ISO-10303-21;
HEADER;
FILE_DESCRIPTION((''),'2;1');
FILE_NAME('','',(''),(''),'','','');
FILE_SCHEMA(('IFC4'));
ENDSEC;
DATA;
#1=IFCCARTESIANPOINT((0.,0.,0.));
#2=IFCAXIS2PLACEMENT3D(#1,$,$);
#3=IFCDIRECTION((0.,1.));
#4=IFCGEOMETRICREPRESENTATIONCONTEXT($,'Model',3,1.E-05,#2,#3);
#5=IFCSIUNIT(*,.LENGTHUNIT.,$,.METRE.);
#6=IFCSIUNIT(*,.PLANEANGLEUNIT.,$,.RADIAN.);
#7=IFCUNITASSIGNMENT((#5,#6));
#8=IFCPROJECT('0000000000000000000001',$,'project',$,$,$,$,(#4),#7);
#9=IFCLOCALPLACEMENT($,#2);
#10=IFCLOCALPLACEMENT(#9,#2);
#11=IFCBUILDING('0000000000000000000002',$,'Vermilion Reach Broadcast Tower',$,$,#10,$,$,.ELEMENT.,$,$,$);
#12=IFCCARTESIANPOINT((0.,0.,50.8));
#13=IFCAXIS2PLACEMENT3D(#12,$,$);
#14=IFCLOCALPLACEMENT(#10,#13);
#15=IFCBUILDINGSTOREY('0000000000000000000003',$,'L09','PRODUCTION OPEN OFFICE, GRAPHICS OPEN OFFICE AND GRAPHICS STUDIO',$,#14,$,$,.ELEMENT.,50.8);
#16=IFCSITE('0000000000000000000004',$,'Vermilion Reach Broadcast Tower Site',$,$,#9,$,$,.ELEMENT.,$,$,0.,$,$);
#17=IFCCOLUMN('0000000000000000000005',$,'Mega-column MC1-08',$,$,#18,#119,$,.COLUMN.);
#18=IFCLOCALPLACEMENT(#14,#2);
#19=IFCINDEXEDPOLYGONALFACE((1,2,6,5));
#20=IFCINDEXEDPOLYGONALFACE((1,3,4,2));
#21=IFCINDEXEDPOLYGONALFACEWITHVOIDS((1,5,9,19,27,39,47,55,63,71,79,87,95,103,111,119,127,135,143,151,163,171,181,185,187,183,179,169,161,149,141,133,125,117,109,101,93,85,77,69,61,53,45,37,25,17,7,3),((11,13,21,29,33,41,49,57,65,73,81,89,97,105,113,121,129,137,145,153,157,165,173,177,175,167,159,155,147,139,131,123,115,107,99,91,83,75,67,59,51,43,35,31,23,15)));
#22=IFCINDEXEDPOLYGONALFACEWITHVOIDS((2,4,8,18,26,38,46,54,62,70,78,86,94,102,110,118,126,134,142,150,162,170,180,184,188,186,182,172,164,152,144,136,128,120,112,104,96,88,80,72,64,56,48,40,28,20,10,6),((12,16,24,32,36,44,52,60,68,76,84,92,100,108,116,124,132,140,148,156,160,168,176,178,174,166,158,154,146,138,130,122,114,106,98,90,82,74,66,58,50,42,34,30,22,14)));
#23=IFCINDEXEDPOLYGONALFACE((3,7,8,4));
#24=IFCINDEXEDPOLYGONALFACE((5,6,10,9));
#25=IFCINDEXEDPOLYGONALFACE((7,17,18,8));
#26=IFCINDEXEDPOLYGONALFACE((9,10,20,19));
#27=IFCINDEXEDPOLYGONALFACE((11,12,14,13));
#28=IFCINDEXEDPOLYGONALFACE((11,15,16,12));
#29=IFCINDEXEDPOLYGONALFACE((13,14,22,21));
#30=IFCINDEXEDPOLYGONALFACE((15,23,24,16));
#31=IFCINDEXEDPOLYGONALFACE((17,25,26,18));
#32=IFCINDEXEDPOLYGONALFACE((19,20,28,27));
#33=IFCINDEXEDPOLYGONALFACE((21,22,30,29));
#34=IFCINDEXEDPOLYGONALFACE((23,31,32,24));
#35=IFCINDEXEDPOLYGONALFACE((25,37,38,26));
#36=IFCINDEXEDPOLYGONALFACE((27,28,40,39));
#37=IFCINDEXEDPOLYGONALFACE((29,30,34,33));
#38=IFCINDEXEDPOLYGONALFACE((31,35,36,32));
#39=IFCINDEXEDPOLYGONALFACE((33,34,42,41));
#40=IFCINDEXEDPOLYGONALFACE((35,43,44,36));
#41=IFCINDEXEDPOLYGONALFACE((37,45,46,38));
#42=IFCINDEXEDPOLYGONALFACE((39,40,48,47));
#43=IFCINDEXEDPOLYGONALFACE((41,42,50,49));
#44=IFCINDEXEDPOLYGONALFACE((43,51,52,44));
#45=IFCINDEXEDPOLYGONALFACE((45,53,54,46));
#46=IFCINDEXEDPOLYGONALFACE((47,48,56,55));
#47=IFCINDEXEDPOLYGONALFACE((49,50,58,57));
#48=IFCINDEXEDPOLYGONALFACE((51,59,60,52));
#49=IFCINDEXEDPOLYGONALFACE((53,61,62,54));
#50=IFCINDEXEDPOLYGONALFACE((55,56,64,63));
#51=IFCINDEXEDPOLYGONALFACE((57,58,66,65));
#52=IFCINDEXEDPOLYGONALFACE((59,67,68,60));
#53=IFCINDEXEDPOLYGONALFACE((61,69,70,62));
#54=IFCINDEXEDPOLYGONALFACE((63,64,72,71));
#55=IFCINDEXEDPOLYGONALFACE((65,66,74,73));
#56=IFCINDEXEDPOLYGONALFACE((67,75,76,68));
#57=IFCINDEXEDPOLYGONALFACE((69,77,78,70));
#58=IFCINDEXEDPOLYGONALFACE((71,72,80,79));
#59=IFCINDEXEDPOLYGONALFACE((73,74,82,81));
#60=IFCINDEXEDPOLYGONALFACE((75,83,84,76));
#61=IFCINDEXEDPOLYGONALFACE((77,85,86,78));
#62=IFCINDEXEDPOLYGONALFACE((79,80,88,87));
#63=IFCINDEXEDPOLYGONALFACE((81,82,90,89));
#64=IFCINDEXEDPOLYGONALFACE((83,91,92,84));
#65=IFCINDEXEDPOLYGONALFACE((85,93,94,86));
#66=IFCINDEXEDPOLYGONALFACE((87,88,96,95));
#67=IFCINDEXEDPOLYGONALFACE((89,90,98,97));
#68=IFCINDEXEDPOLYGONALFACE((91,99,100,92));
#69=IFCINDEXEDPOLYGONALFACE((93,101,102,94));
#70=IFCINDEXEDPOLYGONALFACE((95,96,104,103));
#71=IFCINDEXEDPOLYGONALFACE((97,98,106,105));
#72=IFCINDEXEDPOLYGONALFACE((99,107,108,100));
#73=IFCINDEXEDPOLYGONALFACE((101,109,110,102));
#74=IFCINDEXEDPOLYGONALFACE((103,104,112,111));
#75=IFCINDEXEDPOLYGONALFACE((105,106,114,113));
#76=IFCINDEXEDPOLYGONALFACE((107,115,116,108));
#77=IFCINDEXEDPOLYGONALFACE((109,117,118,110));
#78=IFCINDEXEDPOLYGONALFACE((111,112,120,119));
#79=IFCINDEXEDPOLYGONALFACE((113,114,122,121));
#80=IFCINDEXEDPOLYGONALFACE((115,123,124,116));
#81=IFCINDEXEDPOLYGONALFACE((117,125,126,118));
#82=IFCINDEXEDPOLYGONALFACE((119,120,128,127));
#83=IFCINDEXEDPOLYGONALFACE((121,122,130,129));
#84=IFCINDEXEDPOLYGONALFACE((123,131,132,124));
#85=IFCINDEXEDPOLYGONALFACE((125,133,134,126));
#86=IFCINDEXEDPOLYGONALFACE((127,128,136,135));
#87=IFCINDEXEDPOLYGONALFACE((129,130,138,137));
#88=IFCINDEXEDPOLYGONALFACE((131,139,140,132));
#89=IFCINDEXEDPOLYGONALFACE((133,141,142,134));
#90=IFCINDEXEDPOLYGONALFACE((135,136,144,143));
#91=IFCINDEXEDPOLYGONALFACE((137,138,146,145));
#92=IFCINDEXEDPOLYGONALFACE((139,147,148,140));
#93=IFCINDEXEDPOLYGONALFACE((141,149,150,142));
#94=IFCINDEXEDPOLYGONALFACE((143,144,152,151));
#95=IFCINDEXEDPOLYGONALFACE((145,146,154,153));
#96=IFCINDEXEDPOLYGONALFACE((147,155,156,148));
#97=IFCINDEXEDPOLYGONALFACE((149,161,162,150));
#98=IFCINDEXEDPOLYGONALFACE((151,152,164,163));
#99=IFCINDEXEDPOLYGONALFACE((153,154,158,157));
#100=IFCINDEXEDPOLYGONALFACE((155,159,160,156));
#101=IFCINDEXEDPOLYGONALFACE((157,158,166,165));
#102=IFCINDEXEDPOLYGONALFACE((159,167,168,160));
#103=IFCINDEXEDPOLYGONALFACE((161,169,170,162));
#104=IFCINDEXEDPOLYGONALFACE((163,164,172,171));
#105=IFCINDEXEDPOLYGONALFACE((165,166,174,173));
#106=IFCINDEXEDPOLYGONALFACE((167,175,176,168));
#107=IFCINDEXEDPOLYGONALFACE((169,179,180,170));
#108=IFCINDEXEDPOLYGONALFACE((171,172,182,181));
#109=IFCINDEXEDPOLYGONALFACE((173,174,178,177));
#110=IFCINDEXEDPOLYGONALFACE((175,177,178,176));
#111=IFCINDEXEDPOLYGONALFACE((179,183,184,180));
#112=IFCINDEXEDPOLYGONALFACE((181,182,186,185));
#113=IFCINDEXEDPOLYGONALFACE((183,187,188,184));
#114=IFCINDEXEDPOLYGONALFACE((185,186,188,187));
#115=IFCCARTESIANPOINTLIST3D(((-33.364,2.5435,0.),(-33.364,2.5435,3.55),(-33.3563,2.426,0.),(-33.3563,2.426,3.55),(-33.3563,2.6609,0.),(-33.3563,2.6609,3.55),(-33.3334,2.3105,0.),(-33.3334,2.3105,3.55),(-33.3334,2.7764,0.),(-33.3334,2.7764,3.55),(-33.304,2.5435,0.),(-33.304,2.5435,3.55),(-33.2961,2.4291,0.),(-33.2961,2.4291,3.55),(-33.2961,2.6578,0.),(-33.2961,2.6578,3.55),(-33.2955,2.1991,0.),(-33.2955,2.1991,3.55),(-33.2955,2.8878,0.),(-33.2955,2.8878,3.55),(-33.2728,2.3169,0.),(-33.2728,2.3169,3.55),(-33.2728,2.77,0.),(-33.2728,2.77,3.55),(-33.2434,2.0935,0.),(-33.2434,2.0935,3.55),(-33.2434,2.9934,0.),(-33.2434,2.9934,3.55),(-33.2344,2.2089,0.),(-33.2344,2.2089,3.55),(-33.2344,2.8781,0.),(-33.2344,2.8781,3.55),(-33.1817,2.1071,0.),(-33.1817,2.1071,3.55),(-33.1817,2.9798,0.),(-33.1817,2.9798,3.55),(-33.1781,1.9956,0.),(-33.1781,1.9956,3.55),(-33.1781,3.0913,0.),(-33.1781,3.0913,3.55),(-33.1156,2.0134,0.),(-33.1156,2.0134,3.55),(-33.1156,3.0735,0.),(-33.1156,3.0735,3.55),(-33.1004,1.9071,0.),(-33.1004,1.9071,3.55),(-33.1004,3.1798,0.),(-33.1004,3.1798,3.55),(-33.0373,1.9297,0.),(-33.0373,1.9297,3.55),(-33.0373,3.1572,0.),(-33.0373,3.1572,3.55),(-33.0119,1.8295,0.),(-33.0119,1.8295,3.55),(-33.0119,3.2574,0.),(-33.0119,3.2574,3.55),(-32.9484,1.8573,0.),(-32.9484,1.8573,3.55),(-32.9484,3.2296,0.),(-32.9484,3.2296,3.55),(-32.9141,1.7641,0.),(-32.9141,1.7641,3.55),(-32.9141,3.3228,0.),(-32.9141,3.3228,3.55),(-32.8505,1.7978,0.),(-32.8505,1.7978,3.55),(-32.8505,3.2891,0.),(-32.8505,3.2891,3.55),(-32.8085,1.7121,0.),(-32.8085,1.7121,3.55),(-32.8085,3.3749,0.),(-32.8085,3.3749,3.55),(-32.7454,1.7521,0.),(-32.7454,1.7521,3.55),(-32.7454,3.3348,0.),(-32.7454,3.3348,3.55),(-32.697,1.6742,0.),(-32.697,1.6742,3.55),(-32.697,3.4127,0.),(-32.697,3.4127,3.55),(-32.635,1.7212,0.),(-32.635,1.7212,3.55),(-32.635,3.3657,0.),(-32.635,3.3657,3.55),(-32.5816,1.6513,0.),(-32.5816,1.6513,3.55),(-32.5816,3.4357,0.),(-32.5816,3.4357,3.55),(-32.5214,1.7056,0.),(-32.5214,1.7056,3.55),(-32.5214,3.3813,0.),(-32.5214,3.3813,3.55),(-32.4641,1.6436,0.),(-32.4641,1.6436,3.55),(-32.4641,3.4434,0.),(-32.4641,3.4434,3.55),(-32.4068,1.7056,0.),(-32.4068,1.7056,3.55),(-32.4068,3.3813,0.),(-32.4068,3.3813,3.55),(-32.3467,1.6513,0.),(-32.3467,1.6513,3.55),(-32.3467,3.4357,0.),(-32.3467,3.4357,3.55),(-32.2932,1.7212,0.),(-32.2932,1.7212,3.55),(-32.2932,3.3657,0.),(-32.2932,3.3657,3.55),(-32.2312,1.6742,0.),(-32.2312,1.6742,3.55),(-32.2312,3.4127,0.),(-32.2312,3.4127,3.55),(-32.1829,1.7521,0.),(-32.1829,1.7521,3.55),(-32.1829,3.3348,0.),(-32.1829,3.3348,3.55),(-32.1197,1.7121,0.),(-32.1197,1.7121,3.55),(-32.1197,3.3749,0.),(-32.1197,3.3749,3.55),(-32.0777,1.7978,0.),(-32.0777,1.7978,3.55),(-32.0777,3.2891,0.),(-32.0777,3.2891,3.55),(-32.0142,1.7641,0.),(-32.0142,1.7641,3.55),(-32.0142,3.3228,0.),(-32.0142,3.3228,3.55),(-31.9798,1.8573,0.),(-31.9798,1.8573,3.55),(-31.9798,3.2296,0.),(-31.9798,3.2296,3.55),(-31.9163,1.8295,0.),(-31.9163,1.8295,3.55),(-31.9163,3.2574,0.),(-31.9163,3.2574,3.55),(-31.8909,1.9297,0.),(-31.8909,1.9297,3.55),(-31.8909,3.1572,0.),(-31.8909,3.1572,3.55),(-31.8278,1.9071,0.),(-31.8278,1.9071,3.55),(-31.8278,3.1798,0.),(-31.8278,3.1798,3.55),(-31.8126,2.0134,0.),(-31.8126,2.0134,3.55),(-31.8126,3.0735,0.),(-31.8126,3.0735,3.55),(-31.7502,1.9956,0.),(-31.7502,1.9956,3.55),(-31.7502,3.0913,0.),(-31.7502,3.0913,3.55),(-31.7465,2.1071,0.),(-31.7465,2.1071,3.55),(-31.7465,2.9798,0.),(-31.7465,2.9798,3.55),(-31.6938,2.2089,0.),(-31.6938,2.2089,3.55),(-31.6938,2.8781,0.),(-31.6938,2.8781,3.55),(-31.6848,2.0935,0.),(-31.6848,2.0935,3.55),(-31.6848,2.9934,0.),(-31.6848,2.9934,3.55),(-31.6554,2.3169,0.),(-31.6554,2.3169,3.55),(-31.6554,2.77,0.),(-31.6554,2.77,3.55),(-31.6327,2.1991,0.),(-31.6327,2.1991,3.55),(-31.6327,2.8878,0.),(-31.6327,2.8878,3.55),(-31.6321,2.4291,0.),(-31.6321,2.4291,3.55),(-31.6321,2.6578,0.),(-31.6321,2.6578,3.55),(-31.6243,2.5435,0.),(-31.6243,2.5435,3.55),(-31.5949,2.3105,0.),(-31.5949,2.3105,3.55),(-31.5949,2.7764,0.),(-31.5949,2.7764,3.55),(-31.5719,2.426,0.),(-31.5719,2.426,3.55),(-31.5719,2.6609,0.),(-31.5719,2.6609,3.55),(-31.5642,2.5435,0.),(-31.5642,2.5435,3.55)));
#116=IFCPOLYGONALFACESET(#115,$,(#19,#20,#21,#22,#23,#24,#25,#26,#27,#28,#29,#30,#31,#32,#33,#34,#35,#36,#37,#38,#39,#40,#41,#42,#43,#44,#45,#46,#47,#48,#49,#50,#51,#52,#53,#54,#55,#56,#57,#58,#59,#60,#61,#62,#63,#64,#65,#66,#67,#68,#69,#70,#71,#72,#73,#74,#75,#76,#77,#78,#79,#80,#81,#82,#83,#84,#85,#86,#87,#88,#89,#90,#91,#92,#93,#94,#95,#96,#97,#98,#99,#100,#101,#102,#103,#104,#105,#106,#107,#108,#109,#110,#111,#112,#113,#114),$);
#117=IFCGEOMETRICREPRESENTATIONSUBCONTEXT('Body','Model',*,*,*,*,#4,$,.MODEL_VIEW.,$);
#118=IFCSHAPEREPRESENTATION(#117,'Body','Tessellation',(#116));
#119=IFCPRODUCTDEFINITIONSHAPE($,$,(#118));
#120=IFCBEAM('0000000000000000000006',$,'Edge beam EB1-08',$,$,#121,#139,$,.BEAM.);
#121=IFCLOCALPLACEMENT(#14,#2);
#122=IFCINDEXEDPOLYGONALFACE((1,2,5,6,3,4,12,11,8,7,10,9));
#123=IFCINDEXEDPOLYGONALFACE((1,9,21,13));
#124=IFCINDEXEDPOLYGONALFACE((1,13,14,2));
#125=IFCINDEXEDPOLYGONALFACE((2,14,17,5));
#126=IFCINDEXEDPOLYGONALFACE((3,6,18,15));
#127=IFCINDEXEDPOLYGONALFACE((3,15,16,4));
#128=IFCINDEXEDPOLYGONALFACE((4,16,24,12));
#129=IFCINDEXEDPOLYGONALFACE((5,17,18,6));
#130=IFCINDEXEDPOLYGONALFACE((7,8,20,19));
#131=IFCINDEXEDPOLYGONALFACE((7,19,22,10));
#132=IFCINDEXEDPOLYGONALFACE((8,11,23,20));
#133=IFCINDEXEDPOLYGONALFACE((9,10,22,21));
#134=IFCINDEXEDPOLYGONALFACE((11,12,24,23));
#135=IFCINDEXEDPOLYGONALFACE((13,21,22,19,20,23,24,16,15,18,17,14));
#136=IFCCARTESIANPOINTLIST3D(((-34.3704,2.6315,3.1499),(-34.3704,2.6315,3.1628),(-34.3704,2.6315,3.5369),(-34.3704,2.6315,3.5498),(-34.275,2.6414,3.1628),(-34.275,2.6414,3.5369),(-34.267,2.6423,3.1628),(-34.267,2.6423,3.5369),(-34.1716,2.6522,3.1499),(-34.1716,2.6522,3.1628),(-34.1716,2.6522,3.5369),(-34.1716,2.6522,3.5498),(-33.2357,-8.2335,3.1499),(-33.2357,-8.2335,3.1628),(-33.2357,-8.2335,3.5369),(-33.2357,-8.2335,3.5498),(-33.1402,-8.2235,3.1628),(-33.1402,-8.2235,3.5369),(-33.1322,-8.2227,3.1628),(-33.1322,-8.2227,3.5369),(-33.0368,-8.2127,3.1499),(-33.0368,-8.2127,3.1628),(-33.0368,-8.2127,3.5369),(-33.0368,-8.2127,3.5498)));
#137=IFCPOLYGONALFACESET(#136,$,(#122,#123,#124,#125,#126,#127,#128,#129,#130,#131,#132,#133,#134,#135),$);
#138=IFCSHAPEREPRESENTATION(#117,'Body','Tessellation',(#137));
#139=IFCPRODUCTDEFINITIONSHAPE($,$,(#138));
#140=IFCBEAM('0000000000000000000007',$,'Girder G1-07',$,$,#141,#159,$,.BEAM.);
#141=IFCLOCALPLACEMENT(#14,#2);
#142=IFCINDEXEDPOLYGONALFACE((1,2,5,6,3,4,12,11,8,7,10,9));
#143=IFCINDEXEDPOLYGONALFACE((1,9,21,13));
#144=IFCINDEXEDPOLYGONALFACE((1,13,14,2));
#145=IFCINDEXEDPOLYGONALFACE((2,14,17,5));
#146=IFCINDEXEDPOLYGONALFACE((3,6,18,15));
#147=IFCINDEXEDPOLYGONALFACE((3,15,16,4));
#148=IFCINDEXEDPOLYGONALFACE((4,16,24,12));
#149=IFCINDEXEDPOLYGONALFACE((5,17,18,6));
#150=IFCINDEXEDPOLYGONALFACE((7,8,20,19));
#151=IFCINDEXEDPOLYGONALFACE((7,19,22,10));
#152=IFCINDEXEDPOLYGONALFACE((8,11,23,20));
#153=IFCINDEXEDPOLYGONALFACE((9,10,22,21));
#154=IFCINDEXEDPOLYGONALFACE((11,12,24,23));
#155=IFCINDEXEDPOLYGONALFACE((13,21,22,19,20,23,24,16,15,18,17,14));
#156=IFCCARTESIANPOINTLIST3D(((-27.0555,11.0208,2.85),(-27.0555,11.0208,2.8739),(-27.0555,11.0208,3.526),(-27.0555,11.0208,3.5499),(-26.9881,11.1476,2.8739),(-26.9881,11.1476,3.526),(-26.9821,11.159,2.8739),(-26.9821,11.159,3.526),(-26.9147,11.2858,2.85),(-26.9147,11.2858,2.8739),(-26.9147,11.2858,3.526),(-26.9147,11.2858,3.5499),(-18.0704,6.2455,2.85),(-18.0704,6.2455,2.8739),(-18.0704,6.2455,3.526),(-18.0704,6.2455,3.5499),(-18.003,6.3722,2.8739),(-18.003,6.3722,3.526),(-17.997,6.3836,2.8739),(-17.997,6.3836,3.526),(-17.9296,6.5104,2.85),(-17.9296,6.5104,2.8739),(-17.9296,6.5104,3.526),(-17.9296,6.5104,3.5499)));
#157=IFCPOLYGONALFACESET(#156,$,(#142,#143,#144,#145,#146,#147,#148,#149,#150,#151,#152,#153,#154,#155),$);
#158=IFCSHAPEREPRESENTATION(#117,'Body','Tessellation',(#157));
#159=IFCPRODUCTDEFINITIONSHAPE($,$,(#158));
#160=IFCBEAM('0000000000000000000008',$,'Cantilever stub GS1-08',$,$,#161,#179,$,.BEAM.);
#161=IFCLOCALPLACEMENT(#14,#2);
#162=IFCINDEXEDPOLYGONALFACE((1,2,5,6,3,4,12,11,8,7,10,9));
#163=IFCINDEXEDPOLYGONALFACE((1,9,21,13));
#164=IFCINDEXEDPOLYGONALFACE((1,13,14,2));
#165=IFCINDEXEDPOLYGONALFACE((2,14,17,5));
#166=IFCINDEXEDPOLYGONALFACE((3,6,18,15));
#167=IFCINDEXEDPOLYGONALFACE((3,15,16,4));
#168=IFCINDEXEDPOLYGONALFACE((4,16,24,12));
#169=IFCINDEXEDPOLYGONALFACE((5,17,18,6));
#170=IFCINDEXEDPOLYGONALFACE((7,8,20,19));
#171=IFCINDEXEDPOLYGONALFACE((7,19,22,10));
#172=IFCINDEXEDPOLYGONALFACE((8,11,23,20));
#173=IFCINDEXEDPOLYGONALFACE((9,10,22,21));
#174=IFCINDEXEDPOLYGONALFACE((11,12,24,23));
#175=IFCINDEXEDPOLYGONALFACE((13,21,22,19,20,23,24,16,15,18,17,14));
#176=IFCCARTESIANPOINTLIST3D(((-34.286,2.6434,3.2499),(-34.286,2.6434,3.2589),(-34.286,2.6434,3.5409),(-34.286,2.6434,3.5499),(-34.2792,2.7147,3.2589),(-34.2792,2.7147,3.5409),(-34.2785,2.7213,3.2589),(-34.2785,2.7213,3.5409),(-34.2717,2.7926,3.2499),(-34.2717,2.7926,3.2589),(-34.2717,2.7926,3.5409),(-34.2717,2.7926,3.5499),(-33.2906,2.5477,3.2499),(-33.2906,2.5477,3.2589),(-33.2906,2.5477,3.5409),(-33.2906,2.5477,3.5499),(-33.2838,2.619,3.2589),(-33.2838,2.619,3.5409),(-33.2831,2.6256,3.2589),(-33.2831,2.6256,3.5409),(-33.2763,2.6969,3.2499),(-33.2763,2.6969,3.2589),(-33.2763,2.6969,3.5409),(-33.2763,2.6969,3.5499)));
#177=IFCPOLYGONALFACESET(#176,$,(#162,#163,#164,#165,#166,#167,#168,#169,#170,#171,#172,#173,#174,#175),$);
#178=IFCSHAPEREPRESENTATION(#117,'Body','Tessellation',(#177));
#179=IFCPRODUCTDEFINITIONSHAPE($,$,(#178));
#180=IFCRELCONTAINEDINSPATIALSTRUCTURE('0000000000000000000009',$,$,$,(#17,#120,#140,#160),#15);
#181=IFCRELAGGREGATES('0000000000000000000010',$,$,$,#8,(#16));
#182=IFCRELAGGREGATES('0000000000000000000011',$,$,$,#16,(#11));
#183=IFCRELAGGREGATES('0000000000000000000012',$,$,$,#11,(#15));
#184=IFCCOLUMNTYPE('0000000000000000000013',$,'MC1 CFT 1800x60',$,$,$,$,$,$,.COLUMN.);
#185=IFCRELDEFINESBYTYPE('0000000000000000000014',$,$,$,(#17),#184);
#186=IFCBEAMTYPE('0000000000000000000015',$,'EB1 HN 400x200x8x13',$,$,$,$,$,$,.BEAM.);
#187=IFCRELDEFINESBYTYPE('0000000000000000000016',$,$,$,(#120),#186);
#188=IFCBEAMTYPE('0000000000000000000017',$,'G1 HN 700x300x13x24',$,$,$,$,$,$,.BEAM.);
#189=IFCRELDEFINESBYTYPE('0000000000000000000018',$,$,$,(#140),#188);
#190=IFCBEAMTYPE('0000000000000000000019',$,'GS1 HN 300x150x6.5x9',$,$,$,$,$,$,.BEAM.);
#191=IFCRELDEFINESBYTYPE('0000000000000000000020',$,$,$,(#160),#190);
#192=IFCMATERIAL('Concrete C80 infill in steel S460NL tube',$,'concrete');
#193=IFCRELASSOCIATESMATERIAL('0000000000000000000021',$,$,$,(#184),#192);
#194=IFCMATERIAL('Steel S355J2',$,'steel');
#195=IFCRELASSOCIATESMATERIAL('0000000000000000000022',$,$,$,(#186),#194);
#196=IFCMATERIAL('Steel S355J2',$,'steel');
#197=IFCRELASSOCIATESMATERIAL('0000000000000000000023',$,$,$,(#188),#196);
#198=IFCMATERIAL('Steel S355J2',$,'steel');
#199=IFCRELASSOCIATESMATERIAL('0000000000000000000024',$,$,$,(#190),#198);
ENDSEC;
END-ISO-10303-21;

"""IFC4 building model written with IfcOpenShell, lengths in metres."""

from ifc_helpers import new_model, si_unit, direction, frame, origin, origin_2d, place, context, subcontext, project, spatial, hollow_circle, i_section, extrude, material, material_profile, profile_set, type_object, element, save


model = new_model("IFC4")

# Units and contexts
model_context = context("Model", 3, precision=1e-05, world=origin(), true_north=direction((0.0, 1.0)))
body_context = subcontext(model_context, "Body", "Model", "MODEL_VIEW")
ifc_project = project(units=[si_unit("LENGTHUNIT", "METRE"), si_unit("PLANEANGLEUNIT", "RADIAN")], contexts=[model_context])

# Site, building, storey
site_placement = place(None, origin())
site = spatial("IfcSite", under=ifc_project, at=site_placement, Name="Vermilion Reach Broadcast Tower Site", CompositionType="ELEMENT", RefElevation=0.0)
building_placement = place(site_placement, origin())
building = spatial("IfcBuilding", under=site, at=building_placement, Name="Vermilion Reach Broadcast Tower", CompositionType="ELEMENT")
storey_placement = place(building_placement, frame((0.0, 0.0, 50.8)))
storey = spatial("IfcBuildingStorey", under=building, at=storey_placement, Name="L09", Description="PRODUCTION OPEN OFFICE, GRAPHICS OPEN OFFICE AND GRAPHICS STUDIO", CompositionType="ELEMENT", Elevation=50.8)

# Column
ifc_material_1 = material(Name="Concrete C80 infill in steel S460NL tube", Category="concrete")
ifc_material_profile_1 = material_profile(ifc_material_1, hollow_circle(Radius=0.8999, WallThickness=0.0601, at=origin_2d()), Name="Concrete C80 infill in steel S460NL tube CFT 1800x60")
ifc_profile_set_1 = profile_set([ifc_material_profile_1], Name="Concrete C80 infill in steel S460NL tube")
column_type = type_object("IfcColumnType", Name="MC1 CFT 1800x60", PredefinedType="COLUMN", material=ifc_profile_set_1)
column_placement = place(storey_placement, frame((-32.4641, 2.5435, 0.0), z_axis=(0.0, 0.0, 1.0), x_axis=(1.0, 0.0, 0.0)))
element("IfcColumn", 1, at=column_placement, inside=storey, type_object=column_type, Name="Mega-column MC1-08", PredefinedType="COLUMN", context=body_context, shape_type="SweptSolid", body=[
    extrude(hollow_circle(Radius=0.8999, WallThickness=0.0601, at=origin_2d()), origin(), (0.0, 0.0, 1.0), 3.55),
])

# Beams
ifc_material_2 = material(Name="Steel S355J2", Category="steel")
ifc_material_profile_2 = material_profile(ifc_material_2, i_section(OverallWidth=0.2, OverallDepth=0.3999, WebThickness=0.0081, FlangeThickness=0.0129, at=origin_2d()), Name="S355J2 HN 400x200x8x13")
ifc_profile_set_2 = profile_set([ifc_material_profile_2], Name="Steel S355J2")
beam_type_1 = type_object("IfcBeamType", Name="EB1 HN 400x200x8x13", PredefinedType="BEAM", material=ifc_profile_set_2)
beam_1_placement = place(storey_placement, frame((-34.271, 2.6418, 3.3499), z_axis=(0.103877, -0.99459, 0.0), x_axis=(0.99459, 0.103877, 0.0)))
element("IfcBeam", 2, at=beam_1_placement, inside=storey, type_object=beam_type_1, Name="Edge beam EB1-08", PredefinedType="BEAM", context=body_context, shape_type="SweptSolid", body=[
    extrude(i_section(OverallWidth=0.2, OverallDepth=0.3999, WebThickness=0.0081, FlangeThickness=0.0129, at=origin_2d()), origin(), (0.0, 0.0, 1.0), 10.9241),
])
ifc_material_3 = material(Name="Steel S355J2", Category="steel")
ifc_material_profile_3 = material_profile(ifc_material_3, i_section(OverallWidth=0.3, OverallDepth=0.7, WebThickness=0.0129, FlangeThickness=0.0239, at=origin_2d()), Name="S355J2 HN 700x300x13x24")
ifc_profile_set_3 = profile_set([ifc_material_profile_3], Name="Steel S355J2")
beam_type_2 = type_object("IfcBeamType", Name="G1 HN 700x300x13x24", PredefinedType="BEAM", material=ifc_profile_set_3)
beam_2_placement = place(storey_placement, frame((-18.0, 6.3779, 3.2), z_axis=(-0.883032, 0.469313, 0.0), x_axis=(-0.469313, -0.883032, 0.0)))
element("IfcBeam", 3, at=beam_2_placement, inside=storey, type_object=beam_type_2, Name="Girder G1-07", PredefinedType="BEAM", context=body_context, shape_type="SweptSolid", body=[
    extrude(i_section(OverallWidth=0.3, OverallDepth=0.7, WebThickness=0.0129, FlangeThickness=0.0239, at=origin_2d()), origin(), (0.0, 0.0, 1.0), 10.1753),
])
ifc_material_4 = material(Name="Steel S355J2", Category="steel")
ifc_material_profile_4 = material_profile(ifc_material_4, i_section(OverallWidth=0.1499, OverallDepth=0.3, WebThickness=0.0066, FlangeThickness=0.009, at=origin_2d()), Name="S355J2 HN 300x150x6.5x9")
ifc_profile_set_4 = profile_set([ifc_material_profile_4], Name="Steel S355J2")
beam_type_3 = type_object("IfcBeamType", Name="GS1 HN 300x150x6.5x9", PredefinedType="BEAM", material=ifc_profile_set_4)
beam_3_placement = place(storey_placement, frame((-33.2834, 2.6223, 3.3999), z_axis=(-0.995409, 0.095708, 0.0), x_axis=(-0.095708, -0.995409, 0.0)))
element("IfcBeam", 4, at=beam_3_placement, inside=storey, type_object=beam_type_3, Name="Cantilever stub GS1-08", PredefinedType="BEAM", context=body_context, shape_type="SweptSolid", body=[
    extrude(i_section(OverallWidth=0.1499, OverallDepth=0.3, WebThickness=0.0066, FlangeThickness=0.009, at=origin_2d()), origin(), (0.0, 0.0, 1.0), 1.0),
])

save(model, "model.ifc")
